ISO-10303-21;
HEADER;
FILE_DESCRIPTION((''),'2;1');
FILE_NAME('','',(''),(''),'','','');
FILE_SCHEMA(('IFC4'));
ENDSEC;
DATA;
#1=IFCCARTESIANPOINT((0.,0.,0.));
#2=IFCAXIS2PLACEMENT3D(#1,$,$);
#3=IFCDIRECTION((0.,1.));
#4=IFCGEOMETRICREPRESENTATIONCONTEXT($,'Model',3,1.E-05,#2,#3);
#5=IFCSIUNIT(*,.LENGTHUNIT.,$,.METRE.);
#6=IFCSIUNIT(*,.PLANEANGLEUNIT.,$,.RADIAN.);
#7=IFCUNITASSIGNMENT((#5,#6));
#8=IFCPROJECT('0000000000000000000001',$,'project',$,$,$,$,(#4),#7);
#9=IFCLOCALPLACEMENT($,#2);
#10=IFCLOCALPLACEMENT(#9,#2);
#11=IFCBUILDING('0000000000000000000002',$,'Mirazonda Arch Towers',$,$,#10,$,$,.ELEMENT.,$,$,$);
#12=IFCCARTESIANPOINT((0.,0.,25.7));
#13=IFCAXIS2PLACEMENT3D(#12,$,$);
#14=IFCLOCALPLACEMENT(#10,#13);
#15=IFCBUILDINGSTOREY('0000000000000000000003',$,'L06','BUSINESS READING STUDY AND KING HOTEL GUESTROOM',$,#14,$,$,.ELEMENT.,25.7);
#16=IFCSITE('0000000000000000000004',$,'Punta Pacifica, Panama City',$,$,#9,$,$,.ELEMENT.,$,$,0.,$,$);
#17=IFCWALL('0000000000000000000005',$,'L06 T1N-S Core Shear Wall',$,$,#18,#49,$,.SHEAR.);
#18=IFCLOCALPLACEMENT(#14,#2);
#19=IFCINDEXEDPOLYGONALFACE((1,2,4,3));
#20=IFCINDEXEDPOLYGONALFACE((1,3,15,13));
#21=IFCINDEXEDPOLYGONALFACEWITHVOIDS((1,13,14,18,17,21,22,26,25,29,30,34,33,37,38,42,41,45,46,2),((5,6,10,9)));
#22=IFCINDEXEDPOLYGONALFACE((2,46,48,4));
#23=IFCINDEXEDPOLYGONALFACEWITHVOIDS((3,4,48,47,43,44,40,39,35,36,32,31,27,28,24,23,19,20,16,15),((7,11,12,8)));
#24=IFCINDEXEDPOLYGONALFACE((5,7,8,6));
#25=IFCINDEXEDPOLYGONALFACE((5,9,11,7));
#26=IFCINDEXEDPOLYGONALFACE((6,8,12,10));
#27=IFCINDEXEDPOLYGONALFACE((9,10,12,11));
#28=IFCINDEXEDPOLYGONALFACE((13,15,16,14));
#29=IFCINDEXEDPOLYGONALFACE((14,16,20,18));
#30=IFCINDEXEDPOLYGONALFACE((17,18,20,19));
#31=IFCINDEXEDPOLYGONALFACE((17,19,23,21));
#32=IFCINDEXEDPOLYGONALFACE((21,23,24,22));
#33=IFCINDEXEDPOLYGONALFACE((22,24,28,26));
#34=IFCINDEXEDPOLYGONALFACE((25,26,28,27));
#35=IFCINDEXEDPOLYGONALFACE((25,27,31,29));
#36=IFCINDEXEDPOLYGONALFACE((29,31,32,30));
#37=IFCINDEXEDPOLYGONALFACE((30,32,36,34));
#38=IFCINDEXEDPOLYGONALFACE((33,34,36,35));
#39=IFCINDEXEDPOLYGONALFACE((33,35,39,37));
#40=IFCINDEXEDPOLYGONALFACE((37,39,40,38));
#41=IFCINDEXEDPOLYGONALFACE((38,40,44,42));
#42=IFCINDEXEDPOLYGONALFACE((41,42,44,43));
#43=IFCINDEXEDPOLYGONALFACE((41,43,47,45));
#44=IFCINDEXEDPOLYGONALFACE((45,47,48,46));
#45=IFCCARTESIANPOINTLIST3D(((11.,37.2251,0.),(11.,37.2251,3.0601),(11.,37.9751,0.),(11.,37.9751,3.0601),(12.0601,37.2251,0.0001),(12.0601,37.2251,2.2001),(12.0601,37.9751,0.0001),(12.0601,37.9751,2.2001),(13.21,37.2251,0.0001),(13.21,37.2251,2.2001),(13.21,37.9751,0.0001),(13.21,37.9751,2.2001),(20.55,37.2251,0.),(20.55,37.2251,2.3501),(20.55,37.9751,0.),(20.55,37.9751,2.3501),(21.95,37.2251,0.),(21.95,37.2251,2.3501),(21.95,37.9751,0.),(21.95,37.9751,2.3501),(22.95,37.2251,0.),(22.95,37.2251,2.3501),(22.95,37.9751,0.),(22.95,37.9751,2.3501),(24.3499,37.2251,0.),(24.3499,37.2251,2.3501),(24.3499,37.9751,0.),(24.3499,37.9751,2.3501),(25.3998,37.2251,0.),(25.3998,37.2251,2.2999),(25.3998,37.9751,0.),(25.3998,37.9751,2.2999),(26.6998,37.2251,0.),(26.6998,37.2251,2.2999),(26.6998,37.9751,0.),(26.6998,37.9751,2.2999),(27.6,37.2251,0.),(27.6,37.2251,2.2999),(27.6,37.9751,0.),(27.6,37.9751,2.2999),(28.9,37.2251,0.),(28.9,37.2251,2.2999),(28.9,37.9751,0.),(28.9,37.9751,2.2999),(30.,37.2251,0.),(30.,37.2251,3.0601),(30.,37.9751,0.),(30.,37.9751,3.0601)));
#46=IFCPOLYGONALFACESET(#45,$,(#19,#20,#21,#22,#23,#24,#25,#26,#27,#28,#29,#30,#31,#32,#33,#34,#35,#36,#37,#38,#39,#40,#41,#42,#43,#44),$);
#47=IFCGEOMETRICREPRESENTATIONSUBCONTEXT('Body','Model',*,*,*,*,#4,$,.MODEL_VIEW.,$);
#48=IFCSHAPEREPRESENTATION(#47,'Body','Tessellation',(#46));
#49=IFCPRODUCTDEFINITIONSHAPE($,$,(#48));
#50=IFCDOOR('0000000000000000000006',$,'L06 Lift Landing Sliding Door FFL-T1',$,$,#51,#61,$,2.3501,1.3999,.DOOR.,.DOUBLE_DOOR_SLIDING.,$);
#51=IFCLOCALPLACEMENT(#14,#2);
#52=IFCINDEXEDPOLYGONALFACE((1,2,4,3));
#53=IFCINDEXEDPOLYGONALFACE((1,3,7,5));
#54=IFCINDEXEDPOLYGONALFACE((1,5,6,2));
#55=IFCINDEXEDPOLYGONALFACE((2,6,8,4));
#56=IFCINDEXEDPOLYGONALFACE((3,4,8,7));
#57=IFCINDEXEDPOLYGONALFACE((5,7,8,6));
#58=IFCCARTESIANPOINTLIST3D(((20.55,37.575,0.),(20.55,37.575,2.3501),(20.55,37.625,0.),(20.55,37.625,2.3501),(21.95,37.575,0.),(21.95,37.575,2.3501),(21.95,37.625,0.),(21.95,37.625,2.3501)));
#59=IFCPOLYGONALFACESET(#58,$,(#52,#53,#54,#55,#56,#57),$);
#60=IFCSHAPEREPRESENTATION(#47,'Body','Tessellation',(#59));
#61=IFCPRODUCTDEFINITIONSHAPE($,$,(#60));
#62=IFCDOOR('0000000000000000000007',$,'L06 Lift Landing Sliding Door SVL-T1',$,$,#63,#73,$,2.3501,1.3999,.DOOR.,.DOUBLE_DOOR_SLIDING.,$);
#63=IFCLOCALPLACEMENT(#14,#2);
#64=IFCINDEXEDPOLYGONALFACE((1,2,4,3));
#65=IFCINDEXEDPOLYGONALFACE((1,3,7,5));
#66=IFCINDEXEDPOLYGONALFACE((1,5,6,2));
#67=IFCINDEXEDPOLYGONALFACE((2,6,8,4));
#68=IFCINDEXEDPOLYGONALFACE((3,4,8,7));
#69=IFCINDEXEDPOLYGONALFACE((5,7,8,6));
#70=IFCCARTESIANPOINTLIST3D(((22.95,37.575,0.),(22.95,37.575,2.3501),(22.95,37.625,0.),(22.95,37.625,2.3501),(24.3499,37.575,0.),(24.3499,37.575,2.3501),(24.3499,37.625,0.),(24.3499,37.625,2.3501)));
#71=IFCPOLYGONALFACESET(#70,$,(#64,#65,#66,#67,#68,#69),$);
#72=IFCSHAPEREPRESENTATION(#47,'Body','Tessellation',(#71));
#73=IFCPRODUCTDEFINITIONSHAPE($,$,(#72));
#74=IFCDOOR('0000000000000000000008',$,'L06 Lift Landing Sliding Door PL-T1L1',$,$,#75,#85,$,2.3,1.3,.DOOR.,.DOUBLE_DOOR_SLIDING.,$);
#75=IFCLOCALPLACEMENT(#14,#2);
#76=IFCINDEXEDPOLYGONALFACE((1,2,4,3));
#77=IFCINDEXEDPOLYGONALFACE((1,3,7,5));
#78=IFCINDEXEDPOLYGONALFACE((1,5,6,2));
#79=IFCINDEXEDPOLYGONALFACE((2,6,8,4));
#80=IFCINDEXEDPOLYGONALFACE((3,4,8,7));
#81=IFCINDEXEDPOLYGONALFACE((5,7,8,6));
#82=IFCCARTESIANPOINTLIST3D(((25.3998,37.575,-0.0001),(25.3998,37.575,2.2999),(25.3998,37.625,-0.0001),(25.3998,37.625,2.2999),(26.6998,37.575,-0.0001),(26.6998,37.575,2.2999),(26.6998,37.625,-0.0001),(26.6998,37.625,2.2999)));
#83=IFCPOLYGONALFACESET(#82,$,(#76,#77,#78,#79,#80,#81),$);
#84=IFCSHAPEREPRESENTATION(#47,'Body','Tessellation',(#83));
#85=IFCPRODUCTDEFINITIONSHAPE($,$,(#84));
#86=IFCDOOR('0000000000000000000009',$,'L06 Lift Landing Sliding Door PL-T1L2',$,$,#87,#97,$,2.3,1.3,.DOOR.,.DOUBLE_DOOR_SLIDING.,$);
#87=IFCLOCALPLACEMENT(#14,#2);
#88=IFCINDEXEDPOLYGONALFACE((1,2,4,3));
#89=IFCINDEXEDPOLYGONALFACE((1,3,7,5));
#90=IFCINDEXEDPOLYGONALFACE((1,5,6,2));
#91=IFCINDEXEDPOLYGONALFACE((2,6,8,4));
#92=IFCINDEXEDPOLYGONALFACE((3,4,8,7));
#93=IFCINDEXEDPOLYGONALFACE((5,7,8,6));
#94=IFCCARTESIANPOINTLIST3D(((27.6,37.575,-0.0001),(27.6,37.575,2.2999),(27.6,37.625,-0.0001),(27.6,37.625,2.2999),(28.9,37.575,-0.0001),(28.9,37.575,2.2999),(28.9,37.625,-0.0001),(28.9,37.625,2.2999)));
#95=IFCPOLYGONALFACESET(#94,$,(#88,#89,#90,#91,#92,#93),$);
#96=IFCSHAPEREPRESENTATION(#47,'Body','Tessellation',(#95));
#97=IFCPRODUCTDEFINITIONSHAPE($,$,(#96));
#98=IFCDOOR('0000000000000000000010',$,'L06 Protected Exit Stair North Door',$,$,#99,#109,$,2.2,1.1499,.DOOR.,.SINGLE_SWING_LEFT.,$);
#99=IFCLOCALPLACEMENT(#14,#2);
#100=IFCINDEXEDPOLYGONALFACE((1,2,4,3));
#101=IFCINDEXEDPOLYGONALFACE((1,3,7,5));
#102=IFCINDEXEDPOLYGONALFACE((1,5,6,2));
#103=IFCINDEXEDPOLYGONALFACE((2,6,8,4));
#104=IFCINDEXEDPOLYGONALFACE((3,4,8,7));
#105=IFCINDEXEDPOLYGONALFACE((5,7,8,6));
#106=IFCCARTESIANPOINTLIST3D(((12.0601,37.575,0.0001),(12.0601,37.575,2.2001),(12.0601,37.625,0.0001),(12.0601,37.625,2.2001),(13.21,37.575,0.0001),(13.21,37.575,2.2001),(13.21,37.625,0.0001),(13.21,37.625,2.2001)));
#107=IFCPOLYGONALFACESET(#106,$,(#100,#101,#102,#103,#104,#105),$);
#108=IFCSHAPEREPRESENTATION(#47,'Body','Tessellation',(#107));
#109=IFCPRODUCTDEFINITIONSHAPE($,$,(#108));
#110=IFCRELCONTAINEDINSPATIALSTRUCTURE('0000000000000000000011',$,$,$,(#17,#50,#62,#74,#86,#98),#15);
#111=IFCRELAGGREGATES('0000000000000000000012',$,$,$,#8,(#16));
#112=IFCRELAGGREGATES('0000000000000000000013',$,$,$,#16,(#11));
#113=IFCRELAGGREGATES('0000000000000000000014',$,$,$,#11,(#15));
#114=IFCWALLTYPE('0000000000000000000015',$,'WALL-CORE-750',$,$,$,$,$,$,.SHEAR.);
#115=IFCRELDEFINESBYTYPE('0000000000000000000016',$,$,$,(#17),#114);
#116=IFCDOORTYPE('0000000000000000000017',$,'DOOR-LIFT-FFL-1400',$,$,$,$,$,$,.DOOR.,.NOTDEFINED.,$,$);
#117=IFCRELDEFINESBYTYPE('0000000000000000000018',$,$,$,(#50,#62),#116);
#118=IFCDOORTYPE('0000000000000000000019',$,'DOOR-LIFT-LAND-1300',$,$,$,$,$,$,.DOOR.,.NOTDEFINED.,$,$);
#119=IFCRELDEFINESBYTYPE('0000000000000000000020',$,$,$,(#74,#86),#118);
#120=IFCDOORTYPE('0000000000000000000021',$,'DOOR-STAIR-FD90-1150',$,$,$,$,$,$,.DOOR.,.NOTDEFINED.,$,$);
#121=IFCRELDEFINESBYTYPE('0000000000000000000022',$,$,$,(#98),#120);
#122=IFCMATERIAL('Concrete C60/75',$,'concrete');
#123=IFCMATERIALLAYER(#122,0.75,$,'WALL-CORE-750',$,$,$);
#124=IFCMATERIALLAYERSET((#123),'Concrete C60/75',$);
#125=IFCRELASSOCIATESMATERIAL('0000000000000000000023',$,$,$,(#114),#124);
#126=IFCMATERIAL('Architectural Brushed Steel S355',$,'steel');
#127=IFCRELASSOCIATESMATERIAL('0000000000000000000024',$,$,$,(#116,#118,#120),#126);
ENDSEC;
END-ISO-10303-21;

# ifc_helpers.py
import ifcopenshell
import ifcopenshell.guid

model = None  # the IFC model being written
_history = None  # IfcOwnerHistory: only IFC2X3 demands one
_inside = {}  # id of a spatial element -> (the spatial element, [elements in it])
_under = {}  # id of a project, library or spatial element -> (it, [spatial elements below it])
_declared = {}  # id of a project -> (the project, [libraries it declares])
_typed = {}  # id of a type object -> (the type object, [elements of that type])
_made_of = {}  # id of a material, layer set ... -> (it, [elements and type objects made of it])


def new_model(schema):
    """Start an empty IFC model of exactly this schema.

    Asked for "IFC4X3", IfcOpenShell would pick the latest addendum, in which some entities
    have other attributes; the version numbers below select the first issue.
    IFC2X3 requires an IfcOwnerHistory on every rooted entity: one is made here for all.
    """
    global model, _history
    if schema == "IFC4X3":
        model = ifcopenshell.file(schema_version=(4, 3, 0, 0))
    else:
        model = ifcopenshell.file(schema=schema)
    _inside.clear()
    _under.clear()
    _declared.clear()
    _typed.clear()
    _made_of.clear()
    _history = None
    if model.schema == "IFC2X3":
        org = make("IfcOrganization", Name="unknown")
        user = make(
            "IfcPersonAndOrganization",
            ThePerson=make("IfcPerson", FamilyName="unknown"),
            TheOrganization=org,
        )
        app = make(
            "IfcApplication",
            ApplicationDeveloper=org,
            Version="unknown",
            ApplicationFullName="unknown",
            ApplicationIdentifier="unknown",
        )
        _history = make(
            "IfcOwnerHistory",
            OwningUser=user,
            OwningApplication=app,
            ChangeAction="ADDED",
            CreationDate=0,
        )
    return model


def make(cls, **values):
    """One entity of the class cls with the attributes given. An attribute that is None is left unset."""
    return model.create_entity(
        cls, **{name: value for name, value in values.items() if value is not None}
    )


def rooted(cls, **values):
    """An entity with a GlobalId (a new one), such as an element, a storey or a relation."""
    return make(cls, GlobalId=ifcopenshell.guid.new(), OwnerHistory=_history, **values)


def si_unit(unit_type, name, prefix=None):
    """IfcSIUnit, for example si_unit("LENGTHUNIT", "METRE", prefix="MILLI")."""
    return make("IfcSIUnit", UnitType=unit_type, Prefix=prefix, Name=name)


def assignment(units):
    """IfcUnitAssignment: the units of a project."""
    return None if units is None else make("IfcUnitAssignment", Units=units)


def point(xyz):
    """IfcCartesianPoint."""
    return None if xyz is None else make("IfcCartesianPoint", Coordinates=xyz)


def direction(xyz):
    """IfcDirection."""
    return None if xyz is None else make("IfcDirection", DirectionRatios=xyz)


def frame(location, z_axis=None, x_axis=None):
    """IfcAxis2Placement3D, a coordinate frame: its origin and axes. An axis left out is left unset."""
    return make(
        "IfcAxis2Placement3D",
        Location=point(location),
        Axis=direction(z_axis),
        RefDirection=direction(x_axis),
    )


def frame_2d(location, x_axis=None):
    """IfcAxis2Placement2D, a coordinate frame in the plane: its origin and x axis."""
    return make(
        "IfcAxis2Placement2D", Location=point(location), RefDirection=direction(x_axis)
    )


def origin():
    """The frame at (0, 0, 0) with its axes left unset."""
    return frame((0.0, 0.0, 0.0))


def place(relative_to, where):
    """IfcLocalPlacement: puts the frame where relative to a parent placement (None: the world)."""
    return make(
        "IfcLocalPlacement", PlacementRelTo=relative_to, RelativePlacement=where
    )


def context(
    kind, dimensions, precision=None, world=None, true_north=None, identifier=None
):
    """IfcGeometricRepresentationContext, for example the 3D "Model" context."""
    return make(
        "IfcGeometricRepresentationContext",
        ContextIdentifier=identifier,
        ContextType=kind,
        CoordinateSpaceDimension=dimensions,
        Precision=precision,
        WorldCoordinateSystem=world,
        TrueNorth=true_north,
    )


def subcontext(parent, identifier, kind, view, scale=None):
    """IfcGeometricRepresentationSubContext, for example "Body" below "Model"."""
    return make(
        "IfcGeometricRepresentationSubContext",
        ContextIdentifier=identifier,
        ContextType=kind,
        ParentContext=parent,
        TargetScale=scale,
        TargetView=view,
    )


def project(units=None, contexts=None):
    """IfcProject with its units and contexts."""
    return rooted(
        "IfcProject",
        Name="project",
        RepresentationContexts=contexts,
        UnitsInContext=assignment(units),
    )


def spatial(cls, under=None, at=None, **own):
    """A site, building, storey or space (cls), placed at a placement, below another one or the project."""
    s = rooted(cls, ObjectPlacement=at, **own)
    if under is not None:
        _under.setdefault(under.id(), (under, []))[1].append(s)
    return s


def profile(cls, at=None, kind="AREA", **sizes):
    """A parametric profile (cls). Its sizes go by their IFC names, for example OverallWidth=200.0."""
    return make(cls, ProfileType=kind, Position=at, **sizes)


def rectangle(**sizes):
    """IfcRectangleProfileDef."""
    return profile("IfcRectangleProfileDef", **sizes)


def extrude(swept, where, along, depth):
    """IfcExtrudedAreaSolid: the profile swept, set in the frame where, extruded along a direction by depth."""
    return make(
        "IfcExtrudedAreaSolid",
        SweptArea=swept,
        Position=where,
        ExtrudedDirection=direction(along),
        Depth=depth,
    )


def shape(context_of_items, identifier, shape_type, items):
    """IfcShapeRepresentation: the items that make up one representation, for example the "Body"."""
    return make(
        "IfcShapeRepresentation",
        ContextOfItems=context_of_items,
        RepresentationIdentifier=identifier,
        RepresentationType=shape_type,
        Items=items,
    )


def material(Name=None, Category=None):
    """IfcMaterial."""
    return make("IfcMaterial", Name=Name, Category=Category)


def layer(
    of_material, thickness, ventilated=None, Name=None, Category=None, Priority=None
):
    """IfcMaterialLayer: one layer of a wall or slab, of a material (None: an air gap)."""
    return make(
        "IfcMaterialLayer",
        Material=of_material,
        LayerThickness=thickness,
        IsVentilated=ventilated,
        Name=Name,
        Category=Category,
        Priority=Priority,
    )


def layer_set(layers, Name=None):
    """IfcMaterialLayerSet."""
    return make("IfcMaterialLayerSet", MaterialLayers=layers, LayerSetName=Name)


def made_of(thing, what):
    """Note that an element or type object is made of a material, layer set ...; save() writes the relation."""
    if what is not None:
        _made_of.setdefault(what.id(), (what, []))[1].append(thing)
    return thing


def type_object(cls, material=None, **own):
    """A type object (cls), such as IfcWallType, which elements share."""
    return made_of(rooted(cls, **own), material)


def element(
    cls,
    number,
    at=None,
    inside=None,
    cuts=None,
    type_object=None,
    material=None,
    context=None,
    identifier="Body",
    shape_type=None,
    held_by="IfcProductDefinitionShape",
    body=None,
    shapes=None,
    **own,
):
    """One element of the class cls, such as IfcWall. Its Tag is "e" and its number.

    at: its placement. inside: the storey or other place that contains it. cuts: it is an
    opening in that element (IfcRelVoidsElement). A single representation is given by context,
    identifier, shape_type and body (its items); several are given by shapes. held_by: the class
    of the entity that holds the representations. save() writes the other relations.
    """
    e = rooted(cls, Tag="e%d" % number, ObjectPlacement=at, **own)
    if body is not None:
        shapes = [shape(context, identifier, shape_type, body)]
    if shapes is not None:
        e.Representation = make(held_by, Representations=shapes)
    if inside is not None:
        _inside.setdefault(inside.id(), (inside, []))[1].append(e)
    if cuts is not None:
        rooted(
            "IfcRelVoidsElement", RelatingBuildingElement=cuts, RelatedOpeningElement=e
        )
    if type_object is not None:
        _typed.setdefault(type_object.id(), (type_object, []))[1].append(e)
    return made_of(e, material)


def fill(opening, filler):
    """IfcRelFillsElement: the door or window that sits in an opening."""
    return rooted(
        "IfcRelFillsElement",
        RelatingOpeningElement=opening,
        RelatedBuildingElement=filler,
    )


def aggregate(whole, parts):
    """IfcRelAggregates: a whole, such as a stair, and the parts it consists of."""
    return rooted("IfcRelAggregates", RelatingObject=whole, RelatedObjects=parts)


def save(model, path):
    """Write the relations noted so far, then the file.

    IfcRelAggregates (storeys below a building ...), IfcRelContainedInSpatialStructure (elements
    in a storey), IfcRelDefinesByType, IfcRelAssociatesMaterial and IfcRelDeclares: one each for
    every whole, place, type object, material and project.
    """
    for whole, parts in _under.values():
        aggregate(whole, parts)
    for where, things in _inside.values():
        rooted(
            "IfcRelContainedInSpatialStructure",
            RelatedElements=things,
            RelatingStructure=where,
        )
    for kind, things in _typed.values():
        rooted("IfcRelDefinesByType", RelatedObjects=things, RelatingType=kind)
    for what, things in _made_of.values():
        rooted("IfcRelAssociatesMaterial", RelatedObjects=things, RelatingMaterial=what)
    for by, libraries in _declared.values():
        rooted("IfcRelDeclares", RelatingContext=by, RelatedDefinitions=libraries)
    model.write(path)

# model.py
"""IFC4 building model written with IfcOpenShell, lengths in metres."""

from ifc_helpers import new_model, si_unit, direction, frame, frame_2d, origin, place, context, subcontext, project, spatial, rectangle, extrude, material, layer, layer_set, type_object, element, fill, save


model = new_model("IFC4")

# Units and contexts
model_context = context("Model", 3, precision=1e-05, world=origin(), true_north=direction((0.0, 1.0)))
body_context = subcontext(model_context, "Body", "Model", "MODEL_VIEW")
ifc_project = project(units=[si_unit("LENGTHUNIT", "METRE"), si_unit("PLANEANGLEUNIT", "RADIAN")], contexts=[model_context])

# Site, building, storey
site_placement = place(None, origin())
site = spatial("IfcSite", under=ifc_project, at=site_placement, Name="Punta Pacifica, Panama City", CompositionType="ELEMENT", RefElevation=0.0)
building_placement = place(site_placement, origin())
building = spatial("IfcBuilding", under=site, at=building_placement, Name="Mirazonda Arch Towers", CompositionType="ELEMENT")
storey_placement = place(building_placement, frame((0.0, 0.0, 25.7)))
storey = spatial("IfcBuildingStorey", under=building, at=storey_placement, Name="L06", Description="BUSINESS READING STUDY AND KING HOTEL GUESTROOM", CompositionType="ELEMENT", Elevation=25.7)

# Shared definitions
ifc_material_1 = material(Name="Concrete C60/75", Category="concrete")

# Shared definitions
ifc_layer_1 = layer(ifc_material_1, 0.75, Name="WALL-CORE-750")
ifc_layer_set_1 = layer_set([ifc_layer_1], Name="Concrete C60/75")
wall_type_1 = type_object("IfcWallType", Name="WALL-CORE-750", PredefinedType="SHEAR", material=ifc_layer_set_1)

# Wall, openings, doors
wall_1_placement = place(storey_placement, frame((11.0, 37.6001, 0.0), z_axis=(0.0, 0.0, 1.0), x_axis=(1.0, 0.0, 0.0)))
wall_1 = element("IfcWall", 1, at=wall_1_placement, inside=storey, type_object=wall_type_1, Name="L06 T1N-S Core Shear Wall", PredefinedType="SHEAR", context=body_context, shape_type="SweptSolid", body=[
    extrude(rectangle(XDim=19.0, YDim=0.75, at=frame_2d((9.5, 0.0))), origin(), (0.0, 0.0, 1.0), 3.0601),
])
opening_1_placement = place(wall_1_placement, frame((1.0601, 0.0, 0.0)))
opening_1 = element("IfcOpeningElement", 2, at=opening_1_placement, cuts=wall_1, PredefinedType="OPENING", context=body_context, shape_type="SweptSolid", body=[
    extrude(rectangle(XDim=1.1499, YDim=2.2, at=frame_2d((0.575, 1.1001))), frame((0.0, 0.385, 0.0), z_axis=(0.0, -1.0, 0.0), x_axis=(1.0, 0.0, 0.0)), (0.0, 0.0, 1.0), 0.77),
])
opening_2_placement = place(wall_1_placement, frame((9.55, 0.0, 0.0)))
opening_2 = element("IfcOpeningElement", 3, at=opening_2_placement, cuts=wall_1, PredefinedType="OPENING", context=body_context, shape_type="SweptSolid", body=[
    extrude(rectangle(XDim=1.3999, YDim=2.3501, at=frame_2d((0.7, 1.175))), frame((0.0, 0.385, 0.0), z_axis=(0.0, -1.0, 0.0), x_axis=(1.0, 0.0, 0.0)), (0.0, 0.0, 1.0), 0.77),
])
opening_3_placement = place(wall_1_placement, frame((11.95, 0.0, 0.0)))
opening_3 = element("IfcOpeningElement", 4, at=opening_3_placement, cuts=wall_1, PredefinedType="OPENING", context=body_context, shape_type="SweptSolid", body=[
    extrude(rectangle(XDim=1.3999, YDim=2.3501, at=frame_2d((0.7, 1.175))), frame((0.0, 0.385, 0.0), z_axis=(0.0, -1.0, 0.0), x_axis=(1.0, 0.0, 0.0)), (0.0, 0.0, 1.0), 0.77),
])
opening_4_placement = place(wall_1_placement, frame((14.3999, 0.0, 0.0)))
opening_4 = element("IfcOpeningElement", 5, at=opening_4_placement, cuts=wall_1, PredefinedType="OPENING", context=body_context, shape_type="SweptSolid", body=[
    extrude(rectangle(XDim=1.3, YDim=2.3, at=frame_2d((0.6499, 1.1499))), frame((0.0, 0.385, 0.0), z_axis=(0.0, -1.0, 0.0), x_axis=(1.0, 0.0, 0.0)), (0.0, 0.0, 1.0), 0.77),
])
opening_5_placement = place(wall_1_placement, frame((16.6001, 0.0, 0.0)))
opening_5 = element("IfcOpeningElement", 6, at=opening_5_placement, cuts=wall_1, PredefinedType="OPENING", context=body_context, shape_type="SweptSolid", body=[
    extrude(rectangle(XDim=1.3, YDim=2.3, at=frame_2d((0.6499, 1.1499))), frame((0.0, 0.385, 0.0), z_axis=(0.0, -1.0, 0.0), x_axis=(1.0, 0.0, 0.0)), (0.0, 0.0, 1.0), 0.77),
])
ifc_material_2 = material(Name="Architectural Brushed Steel S355", Category="steel")
door_type_1 = type_object("IfcDoorType", Name="DOOR-LIFT-FFL-1400", OperationType="NOTDEFINED", PredefinedType="DOOR", material=ifc_material_2)
door_1_placement = place(opening_2_placement, origin())
door_1 = element("IfcDoor", 7, at=door_1_placement, inside=storey, type_object=door_type_1, Name="L06 Lift Landing Sliding Door FFL-T1", OperationType="DOUBLE_DOOR_SLIDING", OverallHeight=2.3501, OverallWidth=1.3999, PredefinedType="DOOR", context=body_context, shape_type="SweptSolid", body=[
    extrude(rectangle(XDim=1.3999, YDim=2.3501, at=frame_2d((0.7, 1.175))), frame((0.0, 0.0249, 0.0), z_axis=(0.0, -1.0, 0.0), x_axis=(1.0, 0.0, 0.0)), (0.0, 0.0, 1.0), 0.05),
])
fill(opening_2, door_1)
door_2_placement = place(opening_3_placement, origin())
door_2 = element("IfcDoor", 8, at=door_2_placement, inside=storey, type_object=door_type_1, Name="L06 Lift Landing Sliding Door SVL-T1", OperationType="DOUBLE_DOOR_SLIDING", OverallHeight=2.3501, OverallWidth=1.3999, PredefinedType="DOOR", context=body_context, shape_type="SweptSolid", body=[
    extrude(rectangle(XDim=1.3999, YDim=2.3501, at=frame_2d((0.7, 1.175))), frame((0.0, 0.0249, 0.0), z_axis=(0.0, -1.0, 0.0), x_axis=(1.0, 0.0, 0.0)), (0.0, 0.0, 1.0), 0.05),
])
fill(opening_3, door_2)
door_type_2 = type_object("IfcDoorType", Name="DOOR-LIFT-LAND-1300", OperationType="NOTDEFINED", PredefinedType="DOOR", material=ifc_material_2)
door_3_placement = place(opening_4_placement, origin())
door_3 = element("IfcDoor", 9, at=door_3_placement, inside=storey, type_object=door_type_2, Name="L06 Lift Landing Sliding Door PL-T1L1", OperationType="DOUBLE_DOOR_SLIDING", OverallHeight=2.3, OverallWidth=1.3, PredefinedType="DOOR", context=body_context, shape_type="SweptSolid", body=[
    extrude(rectangle(XDim=1.3, YDim=2.3, at=frame_2d((0.6499, 1.1499))), frame((0.0, 0.0249, 0.0), z_axis=(0.0, -1.0, 0.0), x_axis=(1.0, 0.0, 0.0)), (0.0, 0.0, 1.0), 0.05),
])
fill(opening_4, door_3)
door_4_placement = place(opening_5_placement, origin())
door_4 = element("IfcDoor", 10, at=door_4_placement, inside=storey, type_object=door_type_2, Name="L06 Lift Landing Sliding Door PL-T1L2", OperationType="DOUBLE_DOOR_SLIDING", OverallHeight=2.3, OverallWidth=1.3, PredefinedType="DOOR", context=body_context, shape_type="SweptSolid", body=[
    extrude(rectangle(XDim=1.3, YDim=2.3, at=frame_2d((0.6499, 1.1499))), frame((0.0, 0.0249, 0.0), z_axis=(0.0, -1.0, 0.0), x_axis=(1.0, 0.0, 0.0)), (0.0, 0.0, 1.0), 0.05),
])
fill(opening_5, door_4)
door_type_3 = type_object("IfcDoorType", Name="DOOR-STAIR-FD90-1150", OperationType="NOTDEFINED", PredefinedType="DOOR", material=ifc_material_2)
door_5_placement = place(opening_1_placement, origin())
door_5 = element("IfcDoor", 11, at=door_5_placement, inside=storey, type_object=door_type_3, Name="L06 Protected Exit Stair North Door", OperationType="SINGLE_SWING_LEFT", OverallHeight=2.2, OverallWidth=1.1499, PredefinedType="DOOR", context=body_context, shape_type="SweptSolid", body=[
    extrude(rectangle(XDim=1.1499, YDim=2.2, at=frame_2d((0.575, 1.1001))), frame((0.0, 0.0249, 0.0), z_axis=(0.0, -1.0, 0.0), x_axis=(1.0, 0.0, 0.0)), (0.0, 0.0, 1.0), 0.05),
])
fill(opening_1, door_5)

save(model, "model.ifc")
